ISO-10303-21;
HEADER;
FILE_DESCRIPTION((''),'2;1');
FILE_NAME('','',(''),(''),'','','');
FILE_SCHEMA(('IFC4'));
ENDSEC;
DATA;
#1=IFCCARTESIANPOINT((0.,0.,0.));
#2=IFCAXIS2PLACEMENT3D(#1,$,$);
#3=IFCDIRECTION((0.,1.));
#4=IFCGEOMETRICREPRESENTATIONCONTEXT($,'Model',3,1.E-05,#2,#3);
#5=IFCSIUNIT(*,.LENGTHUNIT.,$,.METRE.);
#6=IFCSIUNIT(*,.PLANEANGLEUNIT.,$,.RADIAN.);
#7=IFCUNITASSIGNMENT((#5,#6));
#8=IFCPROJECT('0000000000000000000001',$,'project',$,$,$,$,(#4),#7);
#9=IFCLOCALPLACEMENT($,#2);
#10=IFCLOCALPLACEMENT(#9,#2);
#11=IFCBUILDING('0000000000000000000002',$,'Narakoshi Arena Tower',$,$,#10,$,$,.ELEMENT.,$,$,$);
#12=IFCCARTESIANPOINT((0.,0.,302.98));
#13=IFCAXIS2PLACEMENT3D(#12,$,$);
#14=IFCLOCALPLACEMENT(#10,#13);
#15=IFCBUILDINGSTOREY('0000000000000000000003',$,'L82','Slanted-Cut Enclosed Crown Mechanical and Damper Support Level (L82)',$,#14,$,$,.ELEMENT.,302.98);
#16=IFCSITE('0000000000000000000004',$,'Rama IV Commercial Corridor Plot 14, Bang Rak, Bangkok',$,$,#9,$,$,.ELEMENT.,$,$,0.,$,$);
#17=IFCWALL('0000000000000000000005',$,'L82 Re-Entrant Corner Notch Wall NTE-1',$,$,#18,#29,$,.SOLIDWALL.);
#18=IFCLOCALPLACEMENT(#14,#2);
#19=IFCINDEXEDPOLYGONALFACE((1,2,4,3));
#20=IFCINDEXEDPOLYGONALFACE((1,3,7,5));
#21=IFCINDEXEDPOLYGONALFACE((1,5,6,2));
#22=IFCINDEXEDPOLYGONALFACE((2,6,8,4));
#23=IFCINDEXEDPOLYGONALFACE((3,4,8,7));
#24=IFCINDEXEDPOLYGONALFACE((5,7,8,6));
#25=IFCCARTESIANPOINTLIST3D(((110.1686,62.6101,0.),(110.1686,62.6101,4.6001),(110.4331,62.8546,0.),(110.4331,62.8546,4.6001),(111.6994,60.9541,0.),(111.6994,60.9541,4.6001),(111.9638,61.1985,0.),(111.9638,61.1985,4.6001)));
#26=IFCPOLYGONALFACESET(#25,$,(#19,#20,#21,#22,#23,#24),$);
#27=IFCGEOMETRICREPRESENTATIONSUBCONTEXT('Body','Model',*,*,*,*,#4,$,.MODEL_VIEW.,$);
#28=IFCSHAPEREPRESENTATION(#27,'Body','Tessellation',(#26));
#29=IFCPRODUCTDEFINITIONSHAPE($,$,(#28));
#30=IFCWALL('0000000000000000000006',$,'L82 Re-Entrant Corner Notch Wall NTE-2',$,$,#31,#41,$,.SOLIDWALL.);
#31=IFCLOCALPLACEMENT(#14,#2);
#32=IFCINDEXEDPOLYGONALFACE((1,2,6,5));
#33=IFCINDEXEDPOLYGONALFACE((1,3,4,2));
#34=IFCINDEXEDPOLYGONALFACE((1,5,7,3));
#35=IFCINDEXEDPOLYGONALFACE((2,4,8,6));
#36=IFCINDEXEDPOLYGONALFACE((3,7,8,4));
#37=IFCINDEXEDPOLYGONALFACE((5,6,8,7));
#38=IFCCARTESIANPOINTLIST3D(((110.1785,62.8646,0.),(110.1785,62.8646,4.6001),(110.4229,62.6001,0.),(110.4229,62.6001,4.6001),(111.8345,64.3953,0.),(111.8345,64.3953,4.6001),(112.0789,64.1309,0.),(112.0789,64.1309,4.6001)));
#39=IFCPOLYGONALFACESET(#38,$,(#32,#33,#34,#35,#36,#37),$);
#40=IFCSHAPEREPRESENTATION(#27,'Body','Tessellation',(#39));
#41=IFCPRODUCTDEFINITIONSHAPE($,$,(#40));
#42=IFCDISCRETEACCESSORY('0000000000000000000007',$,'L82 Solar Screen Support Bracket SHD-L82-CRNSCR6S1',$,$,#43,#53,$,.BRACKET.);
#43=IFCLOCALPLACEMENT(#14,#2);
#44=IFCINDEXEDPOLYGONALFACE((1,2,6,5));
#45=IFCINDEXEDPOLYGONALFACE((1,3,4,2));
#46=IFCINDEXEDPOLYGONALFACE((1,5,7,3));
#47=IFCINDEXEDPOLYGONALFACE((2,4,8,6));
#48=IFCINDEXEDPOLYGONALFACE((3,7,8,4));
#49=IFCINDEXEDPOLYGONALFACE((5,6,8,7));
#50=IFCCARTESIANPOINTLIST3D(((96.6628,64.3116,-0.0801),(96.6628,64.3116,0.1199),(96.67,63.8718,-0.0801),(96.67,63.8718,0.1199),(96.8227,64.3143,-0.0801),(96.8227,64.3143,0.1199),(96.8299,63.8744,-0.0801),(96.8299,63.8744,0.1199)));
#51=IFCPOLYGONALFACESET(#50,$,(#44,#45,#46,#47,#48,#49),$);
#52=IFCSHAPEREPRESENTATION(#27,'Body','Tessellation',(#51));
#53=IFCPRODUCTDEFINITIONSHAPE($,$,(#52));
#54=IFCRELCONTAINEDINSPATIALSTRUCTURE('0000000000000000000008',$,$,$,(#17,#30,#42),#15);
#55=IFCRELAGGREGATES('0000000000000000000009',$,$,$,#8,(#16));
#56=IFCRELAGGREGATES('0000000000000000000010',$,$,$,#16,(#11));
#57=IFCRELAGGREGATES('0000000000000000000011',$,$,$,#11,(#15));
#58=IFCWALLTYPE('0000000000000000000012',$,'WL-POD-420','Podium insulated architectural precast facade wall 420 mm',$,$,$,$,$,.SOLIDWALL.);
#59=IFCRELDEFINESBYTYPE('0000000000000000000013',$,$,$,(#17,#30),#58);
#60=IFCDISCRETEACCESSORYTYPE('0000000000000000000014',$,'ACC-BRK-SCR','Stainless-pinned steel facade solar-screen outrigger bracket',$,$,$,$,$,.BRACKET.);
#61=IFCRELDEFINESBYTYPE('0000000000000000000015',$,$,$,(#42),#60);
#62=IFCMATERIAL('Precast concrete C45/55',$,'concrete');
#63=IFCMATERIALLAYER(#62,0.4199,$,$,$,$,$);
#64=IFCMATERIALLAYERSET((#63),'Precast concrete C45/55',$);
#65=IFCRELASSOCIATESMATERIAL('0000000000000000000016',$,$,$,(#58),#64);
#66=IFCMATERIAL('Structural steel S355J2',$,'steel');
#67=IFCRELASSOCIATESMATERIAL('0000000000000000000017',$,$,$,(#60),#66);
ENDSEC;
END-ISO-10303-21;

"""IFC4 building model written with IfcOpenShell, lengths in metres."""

from ifc_helpers import new_model, si_unit, direction, frame, frame_2d, origin, origin_2d, place, context, subcontext, project, spatial, rectangle, extrude, material, layer, layer_set, type_object, element, save


model = new_model("IFC4")

# Units and contexts
model_context = context("Model", 3, precision=1e-05, world=origin(), true_north=direction((0.0, 1.0)))
body_context = subcontext(model_context, "Body", "Model", "MODEL_VIEW")
ifc_project = project(units=[si_unit("LENGTHUNIT", "METRE"), si_unit("PLANEANGLEUNIT", "RADIAN")], contexts=[model_context])

# Site, building, storey
site_placement = place(None, origin())
site = spatial("IfcSite", under=ifc_project, at=site_placement, Name="Rama IV Commercial Corridor Plot 14, Bang Rak, Bangkok", CompositionType="ELEMENT", RefElevation=0.0)
building_placement = place(site_placement, origin())
building = spatial("IfcBuilding", under=site, at=building_placement, Name="Narakoshi Arena Tower", CompositionType="ELEMENT")
storey_placement = place(building_placement, frame((0.0, 0.0, 302.98)))
storey = spatial("IfcBuildingStorey", under=building, at=storey_placement, Name="L82", Description="Slanted-Cut Enclosed Crown Mechanical and Damper Support Level (L82)", CompositionType="ELEMENT", Elevation=302.98)

# Shared definitions
ifc_material_1 = material(Name="Structural steel S355J2", Category="steel")

# Shared definitions
ifc_material_2 = material(Name="Precast concrete C45/55", Category="concrete")
ifc_layer_1 = layer(ifc_material_2, 0.4199)
ifc_layer_set_1 = layer_set([ifc_layer_1], Name="Precast concrete C45/55")
wall_type = type_object("IfcWallType", Name="WL-POD-420", Description="Podium insulated architectural precast facade wall 420 mm", PredefinedType="SOLIDWALL", material=ifc_layer_set_1)

# Walls
for number, where, z_axis, x_axis, name in (
    (1, (111.8315, 61.0764, 0.0), (0.0, 0.0, 1.0), (-0.678793, 0.73433, 0.0), "L82 Re-Entrant Corner Notch Wall NTE-1"),
    (2, (110.3008, 62.7324, 0.0), (0.0, 0.0, 1.0), (0.73433, 0.678793, 0.0), "L82 Re-Entrant Corner Notch Wall NTE-2"),
):
    element("IfcWall", number, at=place(storey_placement, frame(where, z_axis=z_axis, x_axis=x_axis)), inside=storey, type_object=wall_type, Name=name, PredefinedType="SOLIDWALL", context=body_context, shape_type="SweptSolid", body=[
        extrude(rectangle(XDim=2.2551, YDim=0.3601, at=frame_2d((1.1274, 0.0))), origin(), (0.0, 0.0, 1.0), 4.6001),
    ])

# Discrete accessory
discrete_accessory_type = type_object("IfcDiscreteAccessoryType", Name="ACC-BRK-SCR", Description="Stainless-pinned steel facade solar-screen outrigger bracket", PredefinedType="BRACKET", material=ifc_material_1)
discrete_accessory_placement = place(storey_placement, frame((96.7463, 64.093, -0.0801), z_axis=(0.0, 0.0, 1.0), x_axis=(0.999865, 0.01644, 0.0)))
element("IfcDiscreteAccessory", 3, at=discrete_accessory_placement, inside=storey, type_object=discrete_accessory_type, Name="L82 Solar Screen Support Bracket SHD-L82-CRNSCR6S1", PredefinedType="BRACKET", context=body_context, shape_type="SweptSolid", body=[
    extrude(rectangle(XDim=0.1599, YDim=0.4399, at=origin_2d()), origin(), (0.0, 0.0, 1.0), 0.2),
])

save(model, "model.ifc")
